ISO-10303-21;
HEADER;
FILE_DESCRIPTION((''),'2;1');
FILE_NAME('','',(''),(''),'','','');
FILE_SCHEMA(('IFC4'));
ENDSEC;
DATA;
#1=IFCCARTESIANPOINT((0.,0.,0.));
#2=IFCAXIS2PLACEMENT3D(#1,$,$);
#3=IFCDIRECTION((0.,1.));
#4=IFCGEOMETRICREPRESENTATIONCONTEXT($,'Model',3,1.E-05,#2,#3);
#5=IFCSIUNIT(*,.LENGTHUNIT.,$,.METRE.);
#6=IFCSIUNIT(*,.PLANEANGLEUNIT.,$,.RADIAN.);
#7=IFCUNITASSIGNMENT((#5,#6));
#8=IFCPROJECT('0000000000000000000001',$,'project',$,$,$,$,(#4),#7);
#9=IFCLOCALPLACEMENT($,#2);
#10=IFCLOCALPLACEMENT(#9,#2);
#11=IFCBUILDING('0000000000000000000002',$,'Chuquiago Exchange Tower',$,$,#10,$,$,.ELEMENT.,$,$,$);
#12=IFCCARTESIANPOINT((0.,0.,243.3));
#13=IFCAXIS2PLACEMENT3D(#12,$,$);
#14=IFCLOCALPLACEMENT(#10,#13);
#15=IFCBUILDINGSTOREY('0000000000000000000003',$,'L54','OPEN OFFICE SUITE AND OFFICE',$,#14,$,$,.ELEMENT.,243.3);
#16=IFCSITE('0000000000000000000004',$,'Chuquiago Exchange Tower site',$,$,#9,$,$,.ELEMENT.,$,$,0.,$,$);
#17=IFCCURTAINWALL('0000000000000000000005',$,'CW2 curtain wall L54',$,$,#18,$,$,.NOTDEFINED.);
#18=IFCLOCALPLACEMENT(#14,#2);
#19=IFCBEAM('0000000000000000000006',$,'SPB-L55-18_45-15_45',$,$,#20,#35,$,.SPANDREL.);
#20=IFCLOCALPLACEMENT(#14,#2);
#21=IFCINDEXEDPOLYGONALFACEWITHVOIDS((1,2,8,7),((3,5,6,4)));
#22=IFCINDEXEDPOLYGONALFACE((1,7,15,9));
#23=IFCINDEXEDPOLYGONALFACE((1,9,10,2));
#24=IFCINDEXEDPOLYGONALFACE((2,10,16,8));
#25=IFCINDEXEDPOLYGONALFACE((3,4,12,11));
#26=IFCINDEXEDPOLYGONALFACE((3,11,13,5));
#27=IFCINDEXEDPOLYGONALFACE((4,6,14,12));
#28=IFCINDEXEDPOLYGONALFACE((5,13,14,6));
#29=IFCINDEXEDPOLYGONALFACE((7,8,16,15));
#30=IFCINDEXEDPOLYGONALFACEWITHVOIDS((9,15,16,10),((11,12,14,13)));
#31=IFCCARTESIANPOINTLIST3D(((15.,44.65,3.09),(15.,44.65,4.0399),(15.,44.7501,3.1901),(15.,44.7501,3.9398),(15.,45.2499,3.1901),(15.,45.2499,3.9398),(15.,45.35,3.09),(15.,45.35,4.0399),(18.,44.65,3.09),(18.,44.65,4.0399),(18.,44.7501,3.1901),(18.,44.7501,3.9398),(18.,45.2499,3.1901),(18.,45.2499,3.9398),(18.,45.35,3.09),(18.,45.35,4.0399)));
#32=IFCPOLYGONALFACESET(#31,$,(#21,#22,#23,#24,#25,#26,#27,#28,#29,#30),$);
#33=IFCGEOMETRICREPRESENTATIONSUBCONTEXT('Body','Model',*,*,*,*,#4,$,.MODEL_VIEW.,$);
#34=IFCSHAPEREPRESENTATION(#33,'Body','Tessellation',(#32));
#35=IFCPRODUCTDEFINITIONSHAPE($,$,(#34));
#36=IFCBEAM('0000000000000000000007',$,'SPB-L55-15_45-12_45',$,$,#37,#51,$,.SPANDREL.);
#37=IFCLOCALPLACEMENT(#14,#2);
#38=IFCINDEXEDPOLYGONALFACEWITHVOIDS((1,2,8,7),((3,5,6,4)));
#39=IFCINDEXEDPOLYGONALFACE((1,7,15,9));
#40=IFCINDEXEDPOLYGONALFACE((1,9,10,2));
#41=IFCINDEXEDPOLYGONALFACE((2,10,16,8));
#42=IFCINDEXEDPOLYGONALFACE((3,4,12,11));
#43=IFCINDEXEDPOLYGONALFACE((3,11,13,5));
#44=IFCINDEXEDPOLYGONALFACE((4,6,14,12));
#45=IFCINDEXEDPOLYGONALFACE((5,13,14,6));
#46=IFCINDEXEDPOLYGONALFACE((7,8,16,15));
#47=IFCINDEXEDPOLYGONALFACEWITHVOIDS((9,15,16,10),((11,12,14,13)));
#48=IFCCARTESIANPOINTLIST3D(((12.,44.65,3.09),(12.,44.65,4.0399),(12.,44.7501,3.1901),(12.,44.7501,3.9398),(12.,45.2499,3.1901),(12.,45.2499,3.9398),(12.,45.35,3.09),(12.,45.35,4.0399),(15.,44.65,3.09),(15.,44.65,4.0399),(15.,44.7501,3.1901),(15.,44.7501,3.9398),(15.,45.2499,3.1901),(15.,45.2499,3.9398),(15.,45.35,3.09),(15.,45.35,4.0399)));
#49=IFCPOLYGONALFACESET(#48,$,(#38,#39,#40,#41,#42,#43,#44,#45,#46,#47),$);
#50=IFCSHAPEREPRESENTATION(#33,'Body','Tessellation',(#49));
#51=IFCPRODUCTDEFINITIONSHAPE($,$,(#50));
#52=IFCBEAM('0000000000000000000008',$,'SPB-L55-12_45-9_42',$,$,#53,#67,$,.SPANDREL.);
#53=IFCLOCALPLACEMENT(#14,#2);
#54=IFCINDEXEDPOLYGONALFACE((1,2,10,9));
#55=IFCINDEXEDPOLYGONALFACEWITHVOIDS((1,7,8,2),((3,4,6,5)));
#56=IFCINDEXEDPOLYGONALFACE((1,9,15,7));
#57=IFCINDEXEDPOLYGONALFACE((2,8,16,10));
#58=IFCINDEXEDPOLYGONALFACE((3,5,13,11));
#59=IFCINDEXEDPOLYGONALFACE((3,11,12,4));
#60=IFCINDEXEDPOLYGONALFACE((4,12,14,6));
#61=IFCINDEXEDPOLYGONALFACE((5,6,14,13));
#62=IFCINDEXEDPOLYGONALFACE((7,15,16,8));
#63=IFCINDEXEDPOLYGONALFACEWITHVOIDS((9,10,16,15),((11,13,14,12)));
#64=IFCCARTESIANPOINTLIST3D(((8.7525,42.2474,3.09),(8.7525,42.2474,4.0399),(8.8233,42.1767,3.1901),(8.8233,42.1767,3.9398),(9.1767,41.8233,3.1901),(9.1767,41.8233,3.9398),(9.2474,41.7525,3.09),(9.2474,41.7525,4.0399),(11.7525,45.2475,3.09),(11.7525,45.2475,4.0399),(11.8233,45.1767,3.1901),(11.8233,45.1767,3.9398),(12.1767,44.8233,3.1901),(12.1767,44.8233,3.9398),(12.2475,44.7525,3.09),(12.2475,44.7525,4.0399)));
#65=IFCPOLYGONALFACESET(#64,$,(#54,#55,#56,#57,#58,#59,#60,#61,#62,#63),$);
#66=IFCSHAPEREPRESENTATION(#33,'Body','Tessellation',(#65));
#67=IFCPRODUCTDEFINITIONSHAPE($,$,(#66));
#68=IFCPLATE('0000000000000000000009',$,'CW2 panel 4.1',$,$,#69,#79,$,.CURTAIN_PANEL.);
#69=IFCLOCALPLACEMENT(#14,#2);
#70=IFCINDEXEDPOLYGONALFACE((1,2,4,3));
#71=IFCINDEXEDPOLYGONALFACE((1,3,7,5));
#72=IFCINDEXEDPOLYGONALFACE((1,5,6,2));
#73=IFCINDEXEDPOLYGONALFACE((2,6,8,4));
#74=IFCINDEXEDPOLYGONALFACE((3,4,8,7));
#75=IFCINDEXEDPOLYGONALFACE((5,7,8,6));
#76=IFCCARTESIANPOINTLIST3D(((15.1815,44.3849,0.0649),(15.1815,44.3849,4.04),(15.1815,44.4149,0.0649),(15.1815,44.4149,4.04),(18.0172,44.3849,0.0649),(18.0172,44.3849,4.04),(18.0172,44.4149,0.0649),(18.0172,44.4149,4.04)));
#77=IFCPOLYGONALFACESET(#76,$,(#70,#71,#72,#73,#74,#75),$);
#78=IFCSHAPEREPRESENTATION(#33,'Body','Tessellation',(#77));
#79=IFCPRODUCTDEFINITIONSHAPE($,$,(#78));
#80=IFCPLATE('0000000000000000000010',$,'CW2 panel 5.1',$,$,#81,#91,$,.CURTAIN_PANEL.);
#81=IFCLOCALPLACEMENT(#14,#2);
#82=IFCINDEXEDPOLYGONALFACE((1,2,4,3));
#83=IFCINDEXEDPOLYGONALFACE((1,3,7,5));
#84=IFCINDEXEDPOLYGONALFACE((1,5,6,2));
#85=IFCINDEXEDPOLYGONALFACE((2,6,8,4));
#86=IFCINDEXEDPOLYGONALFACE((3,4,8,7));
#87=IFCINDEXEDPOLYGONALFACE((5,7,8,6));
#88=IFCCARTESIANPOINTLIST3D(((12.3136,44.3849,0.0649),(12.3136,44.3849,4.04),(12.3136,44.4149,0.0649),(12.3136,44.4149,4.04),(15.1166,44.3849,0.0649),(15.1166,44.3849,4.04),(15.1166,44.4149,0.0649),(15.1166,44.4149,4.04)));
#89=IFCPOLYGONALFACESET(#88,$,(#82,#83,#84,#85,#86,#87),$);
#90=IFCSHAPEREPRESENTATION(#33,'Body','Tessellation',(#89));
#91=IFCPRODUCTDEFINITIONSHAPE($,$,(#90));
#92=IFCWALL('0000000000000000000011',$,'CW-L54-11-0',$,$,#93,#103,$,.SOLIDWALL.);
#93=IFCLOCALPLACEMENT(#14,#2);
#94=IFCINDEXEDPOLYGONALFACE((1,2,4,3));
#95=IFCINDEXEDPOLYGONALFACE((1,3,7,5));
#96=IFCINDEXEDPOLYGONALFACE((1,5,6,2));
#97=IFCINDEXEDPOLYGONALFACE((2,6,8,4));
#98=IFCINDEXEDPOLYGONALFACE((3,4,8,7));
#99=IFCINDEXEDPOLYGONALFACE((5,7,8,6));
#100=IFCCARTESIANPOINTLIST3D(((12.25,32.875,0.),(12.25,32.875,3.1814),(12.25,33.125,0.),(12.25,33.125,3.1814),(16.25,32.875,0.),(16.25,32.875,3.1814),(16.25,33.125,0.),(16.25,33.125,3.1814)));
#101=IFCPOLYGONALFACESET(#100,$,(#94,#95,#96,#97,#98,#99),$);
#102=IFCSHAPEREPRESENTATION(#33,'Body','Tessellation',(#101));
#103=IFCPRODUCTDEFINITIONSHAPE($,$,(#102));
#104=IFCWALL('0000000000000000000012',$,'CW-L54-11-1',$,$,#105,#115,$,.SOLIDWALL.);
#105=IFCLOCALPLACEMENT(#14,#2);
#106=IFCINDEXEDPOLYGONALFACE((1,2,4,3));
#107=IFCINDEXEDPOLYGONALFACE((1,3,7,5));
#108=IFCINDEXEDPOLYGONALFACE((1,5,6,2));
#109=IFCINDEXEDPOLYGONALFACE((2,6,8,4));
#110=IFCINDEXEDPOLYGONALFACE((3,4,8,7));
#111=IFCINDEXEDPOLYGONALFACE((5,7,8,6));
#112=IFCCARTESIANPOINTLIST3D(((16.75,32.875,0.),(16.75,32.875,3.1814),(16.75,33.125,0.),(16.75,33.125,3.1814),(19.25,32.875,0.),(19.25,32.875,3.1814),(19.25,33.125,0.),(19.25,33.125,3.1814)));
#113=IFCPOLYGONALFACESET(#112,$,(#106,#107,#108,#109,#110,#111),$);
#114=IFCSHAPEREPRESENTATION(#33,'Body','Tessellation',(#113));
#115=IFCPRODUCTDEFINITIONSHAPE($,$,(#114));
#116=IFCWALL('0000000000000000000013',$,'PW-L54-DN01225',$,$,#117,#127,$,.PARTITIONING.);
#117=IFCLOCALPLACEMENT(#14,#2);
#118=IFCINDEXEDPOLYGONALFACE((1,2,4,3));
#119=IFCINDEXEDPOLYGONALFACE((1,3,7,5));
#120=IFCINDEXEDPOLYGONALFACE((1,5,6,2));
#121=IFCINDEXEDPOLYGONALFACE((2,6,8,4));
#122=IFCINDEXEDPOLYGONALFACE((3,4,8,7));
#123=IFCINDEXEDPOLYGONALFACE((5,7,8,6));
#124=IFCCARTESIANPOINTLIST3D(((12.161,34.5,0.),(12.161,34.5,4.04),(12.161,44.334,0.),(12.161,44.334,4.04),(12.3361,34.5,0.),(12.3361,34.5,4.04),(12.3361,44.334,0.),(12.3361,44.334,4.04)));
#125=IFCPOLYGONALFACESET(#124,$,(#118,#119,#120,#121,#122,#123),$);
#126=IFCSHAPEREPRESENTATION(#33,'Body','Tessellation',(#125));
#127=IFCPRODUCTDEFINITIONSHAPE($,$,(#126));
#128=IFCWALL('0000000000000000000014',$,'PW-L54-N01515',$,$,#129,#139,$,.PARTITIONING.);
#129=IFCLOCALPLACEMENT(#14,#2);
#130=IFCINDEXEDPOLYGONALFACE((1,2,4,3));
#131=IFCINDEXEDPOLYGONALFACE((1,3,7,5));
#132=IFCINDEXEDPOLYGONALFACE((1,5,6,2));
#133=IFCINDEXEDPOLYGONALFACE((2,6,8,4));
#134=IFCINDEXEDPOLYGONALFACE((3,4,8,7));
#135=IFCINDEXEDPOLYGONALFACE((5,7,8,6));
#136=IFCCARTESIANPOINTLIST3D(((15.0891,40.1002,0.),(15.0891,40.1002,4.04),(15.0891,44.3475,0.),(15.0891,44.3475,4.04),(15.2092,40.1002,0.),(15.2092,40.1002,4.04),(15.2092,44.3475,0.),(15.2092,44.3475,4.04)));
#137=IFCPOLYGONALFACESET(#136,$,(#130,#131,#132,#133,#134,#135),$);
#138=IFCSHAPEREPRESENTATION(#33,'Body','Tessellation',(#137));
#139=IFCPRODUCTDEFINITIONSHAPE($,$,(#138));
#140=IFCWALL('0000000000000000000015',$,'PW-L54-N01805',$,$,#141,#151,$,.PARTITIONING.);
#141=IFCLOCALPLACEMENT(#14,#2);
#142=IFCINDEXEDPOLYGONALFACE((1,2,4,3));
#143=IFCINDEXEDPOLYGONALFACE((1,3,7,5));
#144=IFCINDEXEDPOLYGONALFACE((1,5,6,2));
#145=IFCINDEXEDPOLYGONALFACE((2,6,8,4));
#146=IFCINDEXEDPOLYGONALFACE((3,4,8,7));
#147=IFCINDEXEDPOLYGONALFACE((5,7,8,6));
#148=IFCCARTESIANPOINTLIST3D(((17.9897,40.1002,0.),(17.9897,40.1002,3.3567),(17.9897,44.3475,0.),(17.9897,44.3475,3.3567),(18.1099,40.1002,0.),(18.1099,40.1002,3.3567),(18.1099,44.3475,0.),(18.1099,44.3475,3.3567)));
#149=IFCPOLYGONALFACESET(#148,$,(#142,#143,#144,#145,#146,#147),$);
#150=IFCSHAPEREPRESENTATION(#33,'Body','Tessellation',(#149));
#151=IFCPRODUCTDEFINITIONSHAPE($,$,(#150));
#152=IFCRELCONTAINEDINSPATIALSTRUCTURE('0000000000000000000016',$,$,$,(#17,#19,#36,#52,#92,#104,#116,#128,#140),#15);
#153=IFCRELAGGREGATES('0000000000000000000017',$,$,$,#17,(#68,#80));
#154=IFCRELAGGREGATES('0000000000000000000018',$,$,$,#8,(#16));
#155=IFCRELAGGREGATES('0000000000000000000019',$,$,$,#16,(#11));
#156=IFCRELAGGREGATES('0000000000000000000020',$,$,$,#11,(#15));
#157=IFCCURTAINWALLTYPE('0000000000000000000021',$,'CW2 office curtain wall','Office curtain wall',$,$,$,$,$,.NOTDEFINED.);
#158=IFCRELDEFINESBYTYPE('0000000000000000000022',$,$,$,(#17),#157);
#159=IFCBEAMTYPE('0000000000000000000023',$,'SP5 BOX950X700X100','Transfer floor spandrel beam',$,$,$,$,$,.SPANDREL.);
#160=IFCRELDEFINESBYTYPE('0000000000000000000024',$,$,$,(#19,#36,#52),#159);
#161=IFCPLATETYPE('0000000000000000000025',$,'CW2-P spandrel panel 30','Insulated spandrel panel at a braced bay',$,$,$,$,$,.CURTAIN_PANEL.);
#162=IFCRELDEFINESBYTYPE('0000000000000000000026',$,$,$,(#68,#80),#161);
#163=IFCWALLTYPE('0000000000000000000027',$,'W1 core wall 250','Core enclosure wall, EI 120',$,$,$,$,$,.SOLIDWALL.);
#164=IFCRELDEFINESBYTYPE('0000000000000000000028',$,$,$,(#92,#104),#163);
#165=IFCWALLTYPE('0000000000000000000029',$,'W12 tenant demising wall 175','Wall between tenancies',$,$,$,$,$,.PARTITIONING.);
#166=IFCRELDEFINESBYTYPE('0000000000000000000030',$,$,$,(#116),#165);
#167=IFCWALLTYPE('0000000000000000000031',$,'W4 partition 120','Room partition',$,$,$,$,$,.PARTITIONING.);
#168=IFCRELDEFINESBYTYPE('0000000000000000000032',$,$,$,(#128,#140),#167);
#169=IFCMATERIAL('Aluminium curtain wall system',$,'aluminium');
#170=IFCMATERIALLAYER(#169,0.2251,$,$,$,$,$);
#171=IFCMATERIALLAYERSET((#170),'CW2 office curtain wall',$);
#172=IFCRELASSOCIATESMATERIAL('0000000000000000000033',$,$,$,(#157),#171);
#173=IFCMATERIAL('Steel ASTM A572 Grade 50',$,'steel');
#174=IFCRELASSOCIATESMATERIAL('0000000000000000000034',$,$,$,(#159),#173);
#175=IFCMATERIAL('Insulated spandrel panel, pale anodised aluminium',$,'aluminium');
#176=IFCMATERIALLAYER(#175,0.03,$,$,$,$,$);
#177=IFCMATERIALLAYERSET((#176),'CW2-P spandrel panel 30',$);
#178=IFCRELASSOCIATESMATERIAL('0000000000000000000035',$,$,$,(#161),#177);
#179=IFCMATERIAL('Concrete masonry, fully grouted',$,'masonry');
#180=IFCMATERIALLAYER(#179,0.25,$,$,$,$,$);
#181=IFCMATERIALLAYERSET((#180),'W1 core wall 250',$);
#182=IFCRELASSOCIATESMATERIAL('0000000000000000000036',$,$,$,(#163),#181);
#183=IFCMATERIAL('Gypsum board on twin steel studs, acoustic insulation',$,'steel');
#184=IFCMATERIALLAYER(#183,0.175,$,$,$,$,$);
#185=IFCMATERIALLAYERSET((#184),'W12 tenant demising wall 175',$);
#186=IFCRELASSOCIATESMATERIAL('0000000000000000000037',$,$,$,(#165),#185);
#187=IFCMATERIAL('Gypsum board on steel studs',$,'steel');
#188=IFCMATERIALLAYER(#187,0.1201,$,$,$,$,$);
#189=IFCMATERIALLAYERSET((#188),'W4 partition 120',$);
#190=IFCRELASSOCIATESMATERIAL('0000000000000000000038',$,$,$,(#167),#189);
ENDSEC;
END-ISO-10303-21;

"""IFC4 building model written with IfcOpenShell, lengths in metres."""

from ifc_helpers import new_model, si_unit, direction, frame, frame_2d, origin, origin_2d, place, context, subcontext, project, spatial, rectangle, hollow_rectangle, extrude, material, layer, layer_set, material_profile, profile_set, type_object, element, aggregate, save


model = new_model("IFC4")

# Units and contexts
model_context = context("Model", 3, precision=1e-05, world=origin(), true_north=direction((0.0, 1.0)))
body_context = subcontext(model_context, "Body", "Model", "MODEL_VIEW")
ifc_project = project(units=[si_unit("LENGTHUNIT", "METRE"), si_unit("PLANEANGLEUNIT", "RADIAN")], contexts=[model_context])

# Site, building, storey
site_placement = place(None, origin())
site = spatial("IfcSite", under=ifc_project, at=site_placement, Name="Chuquiago Exchange Tower site", CompositionType="ELEMENT", RefElevation=0.0)
building_placement = place(site_placement, origin())
building = spatial("IfcBuilding", under=site, at=building_placement, Name="Chuquiago Exchange Tower", CompositionType="ELEMENT")
storey_placement = place(building_placement, frame((0.0, 0.0, 243.3)))
storey = spatial("IfcBuildingStorey", under=building, at=storey_placement, Name="L54", Description="OPEN OFFICE SUITE AND OFFICE", CompositionType="ELEMENT", Elevation=243.3)

# Curtain wall
ifc_material_1 = material(Name="Aluminium curtain wall system", Category="aluminium")
ifc_layer_1 = layer(ifc_material_1, 0.2251)
ifc_layer_set_1 = layer_set([ifc_layer_1], Name="CW2 office curtain wall")
curtain_wall_type_1 = type_object("IfcCurtainWallType", Name="CW2 office curtain wall", Description="Office curtain wall", PredefinedType="NOTDEFINED", material=ifc_layer_set_1)
curtain_wall_1_placement = place(storey_placement, origin())
curtain_wall_1 = element("IfcCurtainWall", 1, at=curtain_wall_1_placement, inside=storey, type_object=curtain_wall_type_1, Name="CW2 curtain wall L54", PredefinedType="NOTDEFINED")

# Beams
ifc_material_2 = material(Name="Steel ASTM A572 Grade 50", Category="steel")
ifc_material_profile_1 = material_profile(ifc_material_2, hollow_rectangle(XDim=0.7, YDim=0.95, WallThickness=0.1001, at=origin_2d()), Name="BOX950X700X100")
ifc_profile_set_1 = profile_set([ifc_material_profile_1], Name="Steel ASTM A572 Grade 50")
beam_type_1 = type_object("IfcBeamType", Name="SP5 BOX950X700X100", Description="Transfer floor spandrel beam", PredefinedType="SPANDREL", material=ifc_profile_set_1)
for number, where, z_axis, x_axis, name in (
    (2, (18.0, 45.0, 3.5649), (-1.0, 0.0, 0.0), (0.0, -1.0, 0.0), "SPB-L55-18_45-15_45"),
    (3, (15.0, 45.0, 3.5649), (-1.0, 0.0, 0.0), (0.0, -1.0, 0.0), "SPB-L55-15_45-12_45"),
):
    element("IfcBeam", number, at=place(storey_placement, frame(where, z_axis=z_axis, x_axis=x_axis)), inside=storey, type_object=beam_type_1, Name=name, PredefinedType="SPANDREL", context=body_context, shape_type="SweptSolid", body=[
        extrude(hollow_rectangle(XDim=0.7, YDim=0.95, WallThickness=0.1001, at=origin_2d()), origin(), (0.0, 0.0, 1.0), 3.0),
    ])
beam_1_placement = place(storey_placement, frame((12.0, 45.0, 3.5649), z_axis=(-0.707107, -0.707107, 0.0), x_axis=(0.707107, -0.707107, 0.0)))
element("IfcBeam", 4, at=beam_1_placement, inside=storey, type_object=beam_type_1, Name="SPB-L55-12_45-9_42", PredefinedType="SPANDREL", context=body_context, shape_type="SweptSolid", body=[
    extrude(hollow_rectangle(XDim=0.7, YDim=0.95, WallThickness=0.1001, at=origin_2d()), origin(), (0.0, 0.0, 1.0), 4.2427),
])

# Plates
ifc_material_3 = material(Name="Insulated spandrel panel, pale anodised aluminium", Category="aluminium")
ifc_layer_2 = layer(ifc_material_3, 0.03)
ifc_layer_set_2 = layer_set([ifc_layer_2], Name="CW2-P spandrel panel 30")
plate_type = type_object("IfcPlateType", Name="CW2-P spandrel panel 30", Description="Insulated spandrel panel at a braced bay", PredefinedType="CURTAIN_PANEL", material=ifc_layer_set_2)
plate_1_placement = place(storey_placement, frame((16.5994, 44.3999, 0.0649), z_axis=(0.0, 0.0, 1.0), x_axis=(-1.0, 0.0, 0.0)))
plate_1 = element("IfcPlate", 5, at=plate_1_placement, type_object=plate_type, Name="CW2 panel 4.1", PredefinedType="CURTAIN_PANEL", context=body_context, shape_type="SweptSolid", body=[
    extrude(rectangle(XDim=2.8357, YDim=0.03, at=origin_2d()), origin(), (0.0, 0.0, 1.0), 3.9751),
])
plate_2_placement = place(storey_placement, frame((13.7151, 44.3999, 0.0649), z_axis=(0.0, 0.0, 1.0), x_axis=(-1.0, 0.0, 0.0)))
plate_2 = element("IfcPlate", 6, at=plate_2_placement, type_object=plate_type, Name="CW2 panel 5.1", PredefinedType="CURTAIN_PANEL", context=body_context, shape_type="SweptSolid", body=[
    extrude(rectangle(XDim=2.803, YDim=0.03, at=origin_2d()), origin(), (0.0, 0.0, 1.0), 3.9751),
])
aggregate(curtain_wall_1, [plate_1, plate_2])

# Walls
ifc_material_4 = material(Name="Concrete masonry, fully grouted", Category="masonry")
ifc_layer_3 = layer(ifc_material_4, 0.25)
ifc_layer_set_3 = layer_set([ifc_layer_3], Name="W1 core wall 250")
wall_type_1 = type_object("IfcWallType", Name="W1 core wall 250", Description="Core enclosure wall, EI 120", PredefinedType="SOLIDWALL", material=ifc_layer_set_3)
wall_1_placement = place(storey_placement, frame((12.25, 33.0, 0.0), z_axis=(0.0, 0.0, 1.0), x_axis=(1.0, 0.0, 0.0)))
element("IfcWall", 7, at=wall_1_placement, inside=storey, type_object=wall_type_1, Name="CW-L54-11-0", PredefinedType="SOLIDWALL", context=body_context, shape_type="SweptSolid", body=[
    extrude(rectangle(XDim=4.0, YDim=0.25, at=frame_2d((2.0, 0.0))), origin(), (0.0, 0.0, 1.0), 3.1814),
])
wall_2_placement = place(storey_placement, frame((16.75, 33.0, 0.0), z_axis=(0.0, 0.0, 1.0), x_axis=(1.0, 0.0, 0.0)))
element("IfcWall", 8, at=wall_2_placement, inside=storey, type_object=wall_type_1, Name="CW-L54-11-1", PredefinedType="SOLIDWALL", context=body_context, shape_type="SweptSolid", body=[
    extrude(rectangle(XDim=2.5, YDim=0.25, at=frame_2d((1.25, 0.0))), origin(), (0.0, 0.0, 1.0), 3.1814),
])
ifc_material_5 = material(Name="Gypsum board on twin steel studs, acoustic insulation", Category="steel")
ifc_layer_4 = layer(ifc_material_5, 0.175)
ifc_layer_set_4 = layer_set([ifc_layer_4], Name="W12 tenant demising wall 175")
wall_type_2 = type_object("IfcWallType", Name="W12 tenant demising wall 175", Description="Wall between tenancies", PredefinedType="PARTITIONING", material=ifc_layer_set_4)
wall_3_placement = place(storey_placement, frame((12.2485, 44.334, 0.0), z_axis=(0.0, 0.0, 1.0), x_axis=(0.0, -1.0, 0.0)))
element("IfcWall", 9, at=wall_3_placement, inside=storey, type_object=wall_type_2, Name="PW-L54-DN01225", PredefinedType="PARTITIONING", context=body_context, shape_type="SweptSolid", body=[
    extrude(rectangle(XDim=9.834, YDim=0.175, at=frame_2d((4.917, 0.0))), origin(), (0.0, 0.0, 1.0), 4.04),
])
ifc_material_6 = material(Name="Gypsum board on steel studs", Category="steel")
ifc_layer_5 = layer(ifc_material_6, 0.1201)
ifc_layer_set_5 = layer_set([ifc_layer_5], Name="W4 partition 120")
wall_type_3 = type_object("IfcWallType", Name="W4 partition 120", Description="Room partition", PredefinedType="PARTITIONING", material=ifc_layer_set_5)
wall_4_placement = place(storey_placement, frame((15.1492, 44.3474, 0.0), z_axis=(0.0, 0.0, 1.0), x_axis=(0.0, -1.0, 0.0)))
element("IfcWall", 10, at=wall_4_placement, inside=storey, type_object=wall_type_3, Name="PW-L54-N01515", PredefinedType="PARTITIONING", context=body_context, shape_type="SweptSolid", body=[
    extrude(rectangle(XDim=4.2473, YDim=0.1201, at=frame_2d((2.1235, 0.0))), origin(), (0.0, 0.0, 1.0), 4.04),
])
wall_5_placement = place(storey_placement, frame((18.0498, 44.3474, 0.0), z_axis=(0.0, 0.0, 1.0), x_axis=(0.0, -1.0, 0.0)))
element("IfcWall", 11, at=wall_5_placement, inside=storey, type_object=wall_type_3, Name="PW-L54-N01805", PredefinedType="PARTITIONING", context=body_context, shape_type="SweptSolid", body=[
    extrude(rectangle(XDim=4.2473, YDim=0.1201, at=frame_2d((2.1235, 0.0))), origin(), (0.0, 0.0, 1.0), 3.3567),
])

save(model, "model.ifc")
